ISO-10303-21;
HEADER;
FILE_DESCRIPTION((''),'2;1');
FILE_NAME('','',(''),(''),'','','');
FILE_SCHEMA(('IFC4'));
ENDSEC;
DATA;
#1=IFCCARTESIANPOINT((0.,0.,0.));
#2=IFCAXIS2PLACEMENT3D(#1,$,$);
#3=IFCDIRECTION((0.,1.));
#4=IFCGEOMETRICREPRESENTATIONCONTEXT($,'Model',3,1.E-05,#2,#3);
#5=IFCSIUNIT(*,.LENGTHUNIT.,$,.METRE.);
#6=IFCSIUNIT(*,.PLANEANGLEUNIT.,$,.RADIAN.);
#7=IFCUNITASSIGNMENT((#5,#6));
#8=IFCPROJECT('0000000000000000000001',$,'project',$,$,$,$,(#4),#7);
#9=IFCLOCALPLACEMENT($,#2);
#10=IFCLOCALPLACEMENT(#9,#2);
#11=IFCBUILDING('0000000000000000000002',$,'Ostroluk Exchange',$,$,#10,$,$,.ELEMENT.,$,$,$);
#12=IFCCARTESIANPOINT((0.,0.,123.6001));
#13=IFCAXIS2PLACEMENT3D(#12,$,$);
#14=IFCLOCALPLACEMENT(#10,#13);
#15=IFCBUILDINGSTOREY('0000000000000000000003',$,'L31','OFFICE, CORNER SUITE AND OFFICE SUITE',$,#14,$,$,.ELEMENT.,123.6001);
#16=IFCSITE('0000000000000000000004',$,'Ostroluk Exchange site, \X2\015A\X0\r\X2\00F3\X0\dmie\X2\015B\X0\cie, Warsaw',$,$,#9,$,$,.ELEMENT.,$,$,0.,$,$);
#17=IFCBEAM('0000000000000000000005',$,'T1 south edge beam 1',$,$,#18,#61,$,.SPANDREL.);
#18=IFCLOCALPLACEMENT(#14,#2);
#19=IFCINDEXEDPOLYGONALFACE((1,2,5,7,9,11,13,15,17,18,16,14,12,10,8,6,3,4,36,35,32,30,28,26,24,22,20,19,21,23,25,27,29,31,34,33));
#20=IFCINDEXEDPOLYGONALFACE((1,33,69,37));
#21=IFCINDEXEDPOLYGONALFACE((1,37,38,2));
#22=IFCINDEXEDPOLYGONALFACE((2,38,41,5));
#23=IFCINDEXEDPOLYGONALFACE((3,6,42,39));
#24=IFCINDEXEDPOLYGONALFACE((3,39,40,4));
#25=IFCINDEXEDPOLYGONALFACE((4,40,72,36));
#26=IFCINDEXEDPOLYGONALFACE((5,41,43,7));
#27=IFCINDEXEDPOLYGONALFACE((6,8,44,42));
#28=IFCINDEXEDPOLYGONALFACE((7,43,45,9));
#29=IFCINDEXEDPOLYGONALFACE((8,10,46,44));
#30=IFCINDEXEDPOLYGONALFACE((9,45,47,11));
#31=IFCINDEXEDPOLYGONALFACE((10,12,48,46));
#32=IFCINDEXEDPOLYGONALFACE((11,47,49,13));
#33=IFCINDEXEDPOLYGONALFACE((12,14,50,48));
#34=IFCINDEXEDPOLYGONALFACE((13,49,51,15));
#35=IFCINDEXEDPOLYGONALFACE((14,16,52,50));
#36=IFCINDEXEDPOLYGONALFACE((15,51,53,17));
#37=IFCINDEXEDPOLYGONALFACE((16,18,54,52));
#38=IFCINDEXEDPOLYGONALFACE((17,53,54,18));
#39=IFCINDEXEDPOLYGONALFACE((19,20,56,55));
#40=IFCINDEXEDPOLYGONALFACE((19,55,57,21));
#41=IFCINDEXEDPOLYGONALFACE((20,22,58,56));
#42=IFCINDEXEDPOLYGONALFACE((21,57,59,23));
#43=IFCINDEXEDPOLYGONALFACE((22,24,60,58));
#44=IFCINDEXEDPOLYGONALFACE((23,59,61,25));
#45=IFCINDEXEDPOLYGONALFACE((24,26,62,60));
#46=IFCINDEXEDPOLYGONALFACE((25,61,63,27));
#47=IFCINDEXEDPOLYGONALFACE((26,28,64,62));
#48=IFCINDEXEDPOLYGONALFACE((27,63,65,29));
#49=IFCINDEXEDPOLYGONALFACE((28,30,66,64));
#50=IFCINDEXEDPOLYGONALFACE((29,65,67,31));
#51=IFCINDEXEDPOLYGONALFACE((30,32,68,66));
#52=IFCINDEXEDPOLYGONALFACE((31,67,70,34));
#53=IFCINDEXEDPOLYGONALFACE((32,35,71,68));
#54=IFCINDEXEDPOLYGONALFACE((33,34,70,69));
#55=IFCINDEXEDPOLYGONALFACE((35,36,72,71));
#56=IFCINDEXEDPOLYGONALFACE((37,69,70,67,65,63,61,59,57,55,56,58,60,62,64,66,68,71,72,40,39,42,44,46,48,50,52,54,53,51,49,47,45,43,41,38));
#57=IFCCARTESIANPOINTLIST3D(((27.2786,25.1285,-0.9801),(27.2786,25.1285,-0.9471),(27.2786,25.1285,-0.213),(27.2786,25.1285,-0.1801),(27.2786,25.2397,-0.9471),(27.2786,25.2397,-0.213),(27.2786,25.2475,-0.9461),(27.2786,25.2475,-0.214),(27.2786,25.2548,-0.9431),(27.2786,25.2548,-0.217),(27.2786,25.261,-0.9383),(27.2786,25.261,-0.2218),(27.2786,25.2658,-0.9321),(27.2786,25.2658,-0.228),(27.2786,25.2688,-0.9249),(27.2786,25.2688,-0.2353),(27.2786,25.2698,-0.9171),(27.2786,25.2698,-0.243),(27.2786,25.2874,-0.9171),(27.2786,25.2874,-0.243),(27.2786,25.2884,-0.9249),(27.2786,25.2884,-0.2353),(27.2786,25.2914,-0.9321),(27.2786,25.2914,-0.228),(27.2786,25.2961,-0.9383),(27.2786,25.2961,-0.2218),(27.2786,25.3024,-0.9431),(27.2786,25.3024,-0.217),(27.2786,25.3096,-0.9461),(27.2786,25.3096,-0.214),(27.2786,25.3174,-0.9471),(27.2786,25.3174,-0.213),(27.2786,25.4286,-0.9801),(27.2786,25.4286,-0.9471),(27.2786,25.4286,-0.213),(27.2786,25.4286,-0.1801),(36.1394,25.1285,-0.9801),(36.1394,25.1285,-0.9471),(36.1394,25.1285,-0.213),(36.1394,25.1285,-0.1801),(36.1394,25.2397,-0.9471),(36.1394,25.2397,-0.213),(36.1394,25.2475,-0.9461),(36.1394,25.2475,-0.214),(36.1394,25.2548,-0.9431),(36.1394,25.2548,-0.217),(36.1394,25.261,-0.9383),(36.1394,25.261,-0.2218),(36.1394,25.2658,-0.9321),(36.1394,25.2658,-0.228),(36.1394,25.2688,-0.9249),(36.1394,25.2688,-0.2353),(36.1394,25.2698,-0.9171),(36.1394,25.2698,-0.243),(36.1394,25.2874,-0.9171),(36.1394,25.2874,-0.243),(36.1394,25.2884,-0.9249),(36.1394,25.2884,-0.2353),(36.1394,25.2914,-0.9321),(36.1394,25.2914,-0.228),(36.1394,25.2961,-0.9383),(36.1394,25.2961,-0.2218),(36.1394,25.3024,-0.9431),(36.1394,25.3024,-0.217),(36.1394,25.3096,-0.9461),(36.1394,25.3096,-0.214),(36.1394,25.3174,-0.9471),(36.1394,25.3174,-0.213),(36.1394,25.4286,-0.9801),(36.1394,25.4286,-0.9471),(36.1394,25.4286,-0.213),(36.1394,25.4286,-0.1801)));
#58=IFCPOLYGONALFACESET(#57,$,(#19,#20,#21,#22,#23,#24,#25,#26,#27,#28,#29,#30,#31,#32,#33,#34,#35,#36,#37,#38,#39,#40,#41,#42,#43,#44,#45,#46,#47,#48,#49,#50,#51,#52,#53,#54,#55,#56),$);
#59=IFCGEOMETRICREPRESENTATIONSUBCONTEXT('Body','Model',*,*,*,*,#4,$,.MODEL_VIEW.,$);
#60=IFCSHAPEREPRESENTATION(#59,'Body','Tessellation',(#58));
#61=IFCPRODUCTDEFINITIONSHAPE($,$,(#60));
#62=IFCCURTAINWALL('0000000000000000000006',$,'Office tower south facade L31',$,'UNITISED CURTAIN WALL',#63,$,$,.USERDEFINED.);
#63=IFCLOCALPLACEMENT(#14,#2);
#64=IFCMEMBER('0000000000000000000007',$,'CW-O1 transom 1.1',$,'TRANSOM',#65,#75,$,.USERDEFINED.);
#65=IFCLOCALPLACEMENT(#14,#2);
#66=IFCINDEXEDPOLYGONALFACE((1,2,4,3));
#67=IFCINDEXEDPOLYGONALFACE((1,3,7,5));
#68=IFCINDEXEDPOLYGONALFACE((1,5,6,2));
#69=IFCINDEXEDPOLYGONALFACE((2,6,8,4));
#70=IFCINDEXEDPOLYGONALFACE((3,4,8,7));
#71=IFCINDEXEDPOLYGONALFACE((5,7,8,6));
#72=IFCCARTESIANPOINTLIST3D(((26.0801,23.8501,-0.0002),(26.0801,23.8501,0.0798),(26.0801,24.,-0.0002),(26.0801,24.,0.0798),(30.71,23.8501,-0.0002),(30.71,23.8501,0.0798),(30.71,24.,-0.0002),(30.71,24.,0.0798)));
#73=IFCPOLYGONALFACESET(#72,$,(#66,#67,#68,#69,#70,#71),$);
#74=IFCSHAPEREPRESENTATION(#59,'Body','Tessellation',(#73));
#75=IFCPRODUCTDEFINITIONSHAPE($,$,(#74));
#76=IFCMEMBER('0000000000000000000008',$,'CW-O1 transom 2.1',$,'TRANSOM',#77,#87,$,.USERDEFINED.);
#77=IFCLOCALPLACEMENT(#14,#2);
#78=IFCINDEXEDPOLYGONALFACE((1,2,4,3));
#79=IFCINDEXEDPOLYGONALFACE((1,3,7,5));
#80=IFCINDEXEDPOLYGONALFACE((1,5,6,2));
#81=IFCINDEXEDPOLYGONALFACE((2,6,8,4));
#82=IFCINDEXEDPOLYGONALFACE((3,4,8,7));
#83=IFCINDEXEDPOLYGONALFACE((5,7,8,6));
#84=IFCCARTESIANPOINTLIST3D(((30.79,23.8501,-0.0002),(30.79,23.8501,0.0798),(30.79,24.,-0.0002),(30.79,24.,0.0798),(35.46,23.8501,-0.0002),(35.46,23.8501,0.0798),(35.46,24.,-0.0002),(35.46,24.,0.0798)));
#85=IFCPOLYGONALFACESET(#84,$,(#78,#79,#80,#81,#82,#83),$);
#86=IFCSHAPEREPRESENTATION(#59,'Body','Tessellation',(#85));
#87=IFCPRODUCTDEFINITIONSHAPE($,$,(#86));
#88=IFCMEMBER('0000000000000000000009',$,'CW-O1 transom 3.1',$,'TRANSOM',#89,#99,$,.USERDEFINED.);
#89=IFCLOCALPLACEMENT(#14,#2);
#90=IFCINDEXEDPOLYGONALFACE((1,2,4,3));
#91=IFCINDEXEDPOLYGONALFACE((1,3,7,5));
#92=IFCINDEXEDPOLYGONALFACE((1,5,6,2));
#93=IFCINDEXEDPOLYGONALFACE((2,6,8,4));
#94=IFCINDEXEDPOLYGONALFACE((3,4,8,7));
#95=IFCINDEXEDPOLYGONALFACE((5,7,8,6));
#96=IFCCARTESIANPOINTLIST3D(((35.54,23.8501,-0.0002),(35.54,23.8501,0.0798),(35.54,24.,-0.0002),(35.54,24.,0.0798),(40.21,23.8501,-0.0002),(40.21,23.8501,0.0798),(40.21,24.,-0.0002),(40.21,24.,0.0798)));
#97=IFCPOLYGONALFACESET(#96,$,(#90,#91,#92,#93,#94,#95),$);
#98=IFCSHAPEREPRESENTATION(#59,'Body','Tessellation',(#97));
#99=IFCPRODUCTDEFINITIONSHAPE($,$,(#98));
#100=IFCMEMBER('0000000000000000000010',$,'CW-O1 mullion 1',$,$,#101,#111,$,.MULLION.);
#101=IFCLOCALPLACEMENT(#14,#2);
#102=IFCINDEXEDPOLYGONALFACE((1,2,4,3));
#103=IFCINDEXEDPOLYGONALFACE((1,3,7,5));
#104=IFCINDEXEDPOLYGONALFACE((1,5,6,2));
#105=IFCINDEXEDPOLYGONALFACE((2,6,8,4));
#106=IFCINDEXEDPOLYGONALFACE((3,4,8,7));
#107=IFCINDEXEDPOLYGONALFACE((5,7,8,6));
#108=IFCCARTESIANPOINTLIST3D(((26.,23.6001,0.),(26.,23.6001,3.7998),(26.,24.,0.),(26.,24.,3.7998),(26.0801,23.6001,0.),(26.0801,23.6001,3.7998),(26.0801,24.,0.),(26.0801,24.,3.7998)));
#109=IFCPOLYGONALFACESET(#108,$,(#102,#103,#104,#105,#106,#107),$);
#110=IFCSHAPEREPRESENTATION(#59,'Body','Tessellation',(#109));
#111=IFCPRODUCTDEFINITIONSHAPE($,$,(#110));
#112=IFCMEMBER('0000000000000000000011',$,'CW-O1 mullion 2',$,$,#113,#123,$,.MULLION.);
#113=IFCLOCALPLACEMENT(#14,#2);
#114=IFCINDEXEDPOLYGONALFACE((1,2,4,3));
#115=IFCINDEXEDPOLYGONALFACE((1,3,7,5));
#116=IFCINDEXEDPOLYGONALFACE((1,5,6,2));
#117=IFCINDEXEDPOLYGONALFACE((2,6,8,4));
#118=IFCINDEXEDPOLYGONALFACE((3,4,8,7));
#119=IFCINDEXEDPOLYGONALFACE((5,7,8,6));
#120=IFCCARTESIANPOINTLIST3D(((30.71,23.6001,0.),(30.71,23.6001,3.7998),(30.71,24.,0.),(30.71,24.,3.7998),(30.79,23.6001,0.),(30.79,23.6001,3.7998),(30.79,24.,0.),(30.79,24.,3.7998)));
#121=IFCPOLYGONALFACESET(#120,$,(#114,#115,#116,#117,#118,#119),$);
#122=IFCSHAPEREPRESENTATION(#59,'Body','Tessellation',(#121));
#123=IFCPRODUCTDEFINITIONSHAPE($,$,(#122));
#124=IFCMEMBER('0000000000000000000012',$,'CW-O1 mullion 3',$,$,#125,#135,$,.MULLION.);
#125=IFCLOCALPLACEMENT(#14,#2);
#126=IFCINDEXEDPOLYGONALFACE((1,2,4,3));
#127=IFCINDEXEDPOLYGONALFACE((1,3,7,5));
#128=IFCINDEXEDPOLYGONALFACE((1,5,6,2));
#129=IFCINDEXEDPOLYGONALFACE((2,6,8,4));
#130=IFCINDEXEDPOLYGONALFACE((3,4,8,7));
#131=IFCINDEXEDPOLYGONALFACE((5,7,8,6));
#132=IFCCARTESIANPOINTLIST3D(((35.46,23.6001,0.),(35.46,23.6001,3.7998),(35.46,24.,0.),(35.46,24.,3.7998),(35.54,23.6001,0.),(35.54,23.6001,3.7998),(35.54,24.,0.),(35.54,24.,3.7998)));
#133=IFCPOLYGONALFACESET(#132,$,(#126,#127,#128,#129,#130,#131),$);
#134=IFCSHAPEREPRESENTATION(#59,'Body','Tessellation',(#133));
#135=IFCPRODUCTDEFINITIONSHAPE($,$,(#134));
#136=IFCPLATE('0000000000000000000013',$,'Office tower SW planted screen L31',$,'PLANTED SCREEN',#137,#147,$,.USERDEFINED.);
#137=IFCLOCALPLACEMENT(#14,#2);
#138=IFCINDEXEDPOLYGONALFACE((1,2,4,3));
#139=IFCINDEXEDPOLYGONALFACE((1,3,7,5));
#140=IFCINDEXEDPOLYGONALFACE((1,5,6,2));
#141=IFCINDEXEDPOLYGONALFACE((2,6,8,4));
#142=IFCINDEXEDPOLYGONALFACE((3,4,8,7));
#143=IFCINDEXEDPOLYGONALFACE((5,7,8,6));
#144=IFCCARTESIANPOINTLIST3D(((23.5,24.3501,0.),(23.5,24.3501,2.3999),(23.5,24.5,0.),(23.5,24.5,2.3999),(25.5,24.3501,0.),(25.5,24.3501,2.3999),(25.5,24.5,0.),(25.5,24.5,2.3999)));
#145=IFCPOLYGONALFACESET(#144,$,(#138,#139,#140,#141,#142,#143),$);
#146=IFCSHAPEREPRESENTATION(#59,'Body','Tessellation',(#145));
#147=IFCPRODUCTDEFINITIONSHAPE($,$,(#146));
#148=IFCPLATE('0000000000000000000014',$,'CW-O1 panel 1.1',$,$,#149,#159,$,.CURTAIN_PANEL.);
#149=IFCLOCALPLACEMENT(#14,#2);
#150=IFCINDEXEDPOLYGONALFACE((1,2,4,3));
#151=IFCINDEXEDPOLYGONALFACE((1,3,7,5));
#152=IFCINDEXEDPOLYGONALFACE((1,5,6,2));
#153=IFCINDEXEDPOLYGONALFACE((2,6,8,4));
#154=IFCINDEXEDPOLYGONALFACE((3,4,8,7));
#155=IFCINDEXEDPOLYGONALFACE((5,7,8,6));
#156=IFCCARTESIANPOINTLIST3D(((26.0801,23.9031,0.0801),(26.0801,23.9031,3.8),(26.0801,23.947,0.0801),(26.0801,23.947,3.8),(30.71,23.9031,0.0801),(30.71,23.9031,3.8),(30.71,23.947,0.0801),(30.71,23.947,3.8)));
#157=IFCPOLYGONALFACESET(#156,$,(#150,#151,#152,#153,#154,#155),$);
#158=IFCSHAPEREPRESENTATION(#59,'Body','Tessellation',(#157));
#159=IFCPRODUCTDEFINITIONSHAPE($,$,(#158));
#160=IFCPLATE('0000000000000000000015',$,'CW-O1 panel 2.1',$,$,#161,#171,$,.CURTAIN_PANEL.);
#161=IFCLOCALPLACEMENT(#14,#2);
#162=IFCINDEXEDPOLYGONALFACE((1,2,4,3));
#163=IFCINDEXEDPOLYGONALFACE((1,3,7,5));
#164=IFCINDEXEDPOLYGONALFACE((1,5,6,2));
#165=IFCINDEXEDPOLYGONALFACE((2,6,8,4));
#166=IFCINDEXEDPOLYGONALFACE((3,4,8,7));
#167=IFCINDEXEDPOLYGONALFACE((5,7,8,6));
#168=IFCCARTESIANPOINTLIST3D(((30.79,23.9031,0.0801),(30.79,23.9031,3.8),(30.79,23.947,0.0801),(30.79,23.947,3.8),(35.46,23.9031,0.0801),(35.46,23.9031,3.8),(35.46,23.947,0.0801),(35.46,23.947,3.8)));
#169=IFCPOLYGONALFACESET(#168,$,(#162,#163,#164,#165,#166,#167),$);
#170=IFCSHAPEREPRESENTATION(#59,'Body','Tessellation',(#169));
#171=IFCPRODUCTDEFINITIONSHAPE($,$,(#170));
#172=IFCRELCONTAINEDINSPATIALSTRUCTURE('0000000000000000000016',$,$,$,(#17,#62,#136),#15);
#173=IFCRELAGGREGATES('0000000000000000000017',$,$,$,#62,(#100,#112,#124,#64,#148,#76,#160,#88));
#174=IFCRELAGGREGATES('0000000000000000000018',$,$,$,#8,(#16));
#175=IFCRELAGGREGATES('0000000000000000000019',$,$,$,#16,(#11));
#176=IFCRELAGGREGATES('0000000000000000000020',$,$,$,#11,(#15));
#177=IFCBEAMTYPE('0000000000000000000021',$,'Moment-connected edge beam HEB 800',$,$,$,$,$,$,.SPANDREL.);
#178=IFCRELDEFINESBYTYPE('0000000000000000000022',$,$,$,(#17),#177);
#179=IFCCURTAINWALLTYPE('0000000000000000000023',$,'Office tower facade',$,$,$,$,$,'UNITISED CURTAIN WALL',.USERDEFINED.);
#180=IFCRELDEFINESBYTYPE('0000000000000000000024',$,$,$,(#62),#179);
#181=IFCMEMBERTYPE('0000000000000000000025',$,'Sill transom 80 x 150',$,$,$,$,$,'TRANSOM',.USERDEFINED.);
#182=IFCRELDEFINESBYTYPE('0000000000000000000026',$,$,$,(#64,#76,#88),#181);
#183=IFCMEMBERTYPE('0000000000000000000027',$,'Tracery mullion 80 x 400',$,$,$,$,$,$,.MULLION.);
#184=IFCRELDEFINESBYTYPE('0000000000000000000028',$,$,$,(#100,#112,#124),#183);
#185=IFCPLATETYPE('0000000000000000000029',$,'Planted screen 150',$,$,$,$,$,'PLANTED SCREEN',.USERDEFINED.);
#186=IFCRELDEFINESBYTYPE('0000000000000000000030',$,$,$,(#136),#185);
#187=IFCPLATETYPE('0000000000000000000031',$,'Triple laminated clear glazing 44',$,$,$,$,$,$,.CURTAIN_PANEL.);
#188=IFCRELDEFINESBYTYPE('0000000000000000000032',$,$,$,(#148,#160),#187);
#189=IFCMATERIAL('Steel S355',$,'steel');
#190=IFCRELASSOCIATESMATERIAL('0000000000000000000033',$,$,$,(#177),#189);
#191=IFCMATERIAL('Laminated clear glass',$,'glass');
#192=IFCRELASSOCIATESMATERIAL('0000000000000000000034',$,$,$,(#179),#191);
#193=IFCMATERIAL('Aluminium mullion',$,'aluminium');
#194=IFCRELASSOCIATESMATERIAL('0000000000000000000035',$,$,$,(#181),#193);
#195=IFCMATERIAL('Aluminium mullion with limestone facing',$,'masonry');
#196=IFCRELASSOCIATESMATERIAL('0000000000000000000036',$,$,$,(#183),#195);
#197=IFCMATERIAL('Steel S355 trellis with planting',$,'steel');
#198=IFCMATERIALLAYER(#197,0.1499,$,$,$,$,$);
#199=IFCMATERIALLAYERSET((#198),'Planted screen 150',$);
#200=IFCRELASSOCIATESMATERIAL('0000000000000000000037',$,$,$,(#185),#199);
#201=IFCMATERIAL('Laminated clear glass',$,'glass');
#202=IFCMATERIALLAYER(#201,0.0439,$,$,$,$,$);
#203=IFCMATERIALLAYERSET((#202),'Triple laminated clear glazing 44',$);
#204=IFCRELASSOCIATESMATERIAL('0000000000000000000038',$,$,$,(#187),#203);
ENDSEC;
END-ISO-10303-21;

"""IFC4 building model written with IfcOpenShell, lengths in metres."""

from ifc_helpers import new_model, si_unit, direction, frame, origin, origin_2d, place, context, subcontext, project, spatial, rectangle, i_section, extrude, material, layer, layer_set, material_profile, profile_set, type_object, element, aggregate, save


model = new_model("IFC4")

# Units and contexts
model_context = context("Model", 3, precision=1e-05, world=origin(), true_north=direction((0.0, 1.0)))
body_context = subcontext(model_context, "Body", "Model", "MODEL_VIEW")
ifc_project = project(units=[si_unit("LENGTHUNIT", "METRE"), si_unit("PLANEANGLEUNIT", "RADIAN")], contexts=[model_context])

# Site, building, storey
site_placement = place(None, origin())
site = spatial("IfcSite", under=ifc_project, at=site_placement, Name="Ostroluk Exchange site, Śródmieście, Warsaw", CompositionType="ELEMENT", RefElevation=0.0)
building_placement = place(site_placement, origin())
building = spatial("IfcBuilding", under=site, at=building_placement, Name="Ostroluk Exchange", CompositionType="ELEMENT")
storey_placement = place(building_placement, frame((0.0, 0.0, 123.6001)))
storey = spatial("IfcBuildingStorey", under=building, at=storey_placement, Name="L31", Description="OFFICE, CORNER SUITE AND OFFICE SUITE", CompositionType="ELEMENT", Elevation=123.6001)

# Beam
ifc_material_1 = material(Name="Steel S355", Category="steel")
ifc_material_profile_1 = material_profile(ifc_material_1, i_section(OverallWidth=0.3, OverallDepth=0.8, WebThickness=0.0176, FlangeThickness=0.033, FilletRadius=0.03, at=origin_2d()), Name="HEB 800")
ifc_profile_set_1 = profile_set([ifc_material_profile_1], Name="Steel S355")
beam_type_1 = type_object("IfcBeamType", Name="Moment-connected edge beam HEB 800", PredefinedType="SPANDREL", material=ifc_profile_set_1)
beam_1_placement = place(storey_placement, frame((27.2786, 25.2786, -0.5801), z_axis=(1.0, 0.0, 0.0), x_axis=(0.0, 1.0, 0.0)))
element("IfcBeam", 1, at=beam_1_placement, inside=storey, type_object=beam_type_1, Name="T1 south edge beam 1", PredefinedType="SPANDREL", context=body_context, shape_type="SweptSolid", body=[
    extrude(i_section(OverallWidth=0.3, OverallDepth=0.8, WebThickness=0.0176, FlangeThickness=0.033, FilletRadius=0.03, at=origin_2d()), origin(), (0.0, 0.0, 1.0), 8.8608),
])

# Curtain wall, members
ifc_material_2 = material(Name="Laminated clear glass", Category="glass")
curtain_wall_type = type_object("IfcCurtainWallType", Name="Office tower facade", ElementType="UNITISED CURTAIN WALL", PredefinedType="USERDEFINED", material=ifc_material_2)
curtain_wall_placement = place(storey_placement, origin())
curtain_wall = element("IfcCurtainWall", 2, at=curtain_wall_placement, inside=storey, type_object=curtain_wall_type, Name="Office tower south facade L31", ObjectType="UNITISED CURTAIN WALL", PredefinedType="USERDEFINED")
ifc_material_3 = material(Name="Aluminium mullion", Category="aluminium")
ifc_material_profile_2 = material_profile(ifc_material_3, rectangle(XDim=0.1499, YDim=0.0801, at=origin_2d()), Name="Sill transom 80 x 150")
ifc_profile_set_2 = profile_set([ifc_material_profile_2], Name="Aluminium mullion")
member_type_1 = type_object("IfcMemberType", Name="Sill transom 80 x 150", ElementType="TRANSOM", PredefinedType="USERDEFINED", material=ifc_profile_set_2)
member_1_placement = place(storey_placement, frame((26.0801, 23.925, 0.0398), z_axis=(1.0, 0.0, 0.0), x_axis=(0.0, 1.0, 0.0)))
member_1 = element("IfcMember", 3, at=member_1_placement, type_object=member_type_1, Name="CW-O1 transom 1.1", ObjectType="TRANSOM", PredefinedType="USERDEFINED", context=body_context, shape_type="SweptSolid", body=[
    extrude(rectangle(XDim=0.1499, YDim=0.0801, at=origin_2d()), origin(), (0.0, 0.0, 1.0), 4.6299),
])
member_2_placement = place(storey_placement, frame((30.79, 23.925, 0.0398), z_axis=(1.0, 0.0, 0.0), x_axis=(0.0, 1.0, 0.0)))
member_2 = element("IfcMember", 4, at=member_2_placement, type_object=member_type_1, Name="CW-O1 transom 2.1", ObjectType="TRANSOM", PredefinedType="USERDEFINED", context=body_context, shape_type="SweptSolid", body=[
    extrude(rectangle(XDim=0.1499, YDim=0.0801, at=origin_2d()), origin(), (0.0, 0.0, 1.0), 4.6699),
])
member_3_placement = place(storey_placement, frame((35.54, 23.925, 0.0398), z_axis=(1.0, 0.0, 0.0), x_axis=(0.0, 1.0, 0.0)))
member_3 = element("IfcMember", 5, at=member_3_placement, type_object=member_type_1, Name="CW-O1 transom 3.1", ObjectType="TRANSOM", PredefinedType="USERDEFINED", context=body_context, shape_type="SweptSolid", body=[
    extrude(rectangle(XDim=0.1499, YDim=0.0801, at=origin_2d()), origin(), (0.0, 0.0, 1.0), 4.6699),
])
ifc_material_4 = material(Name="Aluminium mullion with limestone facing", Category="masonry")
ifc_material_profile_3 = material_profile(ifc_material_4, rectangle(XDim=0.3999, YDim=0.0801, at=origin_2d()), Name="Tracery mullion 80 x 400")
ifc_profile_set_3 = profile_set([ifc_material_profile_3], Name="Aluminium mullion with limestone facing")
member_type_2 = type_object("IfcMemberType", Name="Tracery mullion 80 x 400", PredefinedType="MULLION", material=ifc_profile_set_3)
member_4_placement = place(storey_placement, frame((26.04, 23.8, 0.0), z_axis=(0.0, 0.0, 1.0), x_axis=(0.0, 1.0, 0.0)))
member_4 = element("IfcMember", 6, at=member_4_placement, type_object=member_type_2, Name="CW-O1 mullion 1", PredefinedType="MULLION", context=body_context, shape_type="SweptSolid", body=[
    extrude(rectangle(XDim=0.3999, YDim=0.0801, at=origin_2d()), origin(), (0.0, 0.0, 1.0), 3.7998),
])
member_5_placement = place(storey_placement, frame((30.75, 23.8, 0.0), z_axis=(0.0, 0.0, 1.0), x_axis=(0.0, 1.0, 0.0)))
member_5 = element("IfcMember", 7, at=member_5_placement, type_object=member_type_2, Name="CW-O1 mullion 2", PredefinedType="MULLION", context=body_context, shape_type="SweptSolid", body=[
    extrude(rectangle(XDim=0.3999, YDim=0.0801, at=origin_2d()), origin(), (0.0, 0.0, 1.0), 3.7998),
])
member_6_placement = place(storey_placement, frame((35.5, 23.8, 0.0), z_axis=(0.0, 0.0, 1.0), x_axis=(0.0, 1.0, 0.0)))
member_6 = element("IfcMember", 8, at=member_6_placement, type_object=member_type_2, Name="CW-O1 mullion 3", PredefinedType="MULLION", context=body_context, shape_type="SweptSolid", body=[
    extrude(rectangle(XDim=0.3999, YDim=0.0801, at=origin_2d()), origin(), (0.0, 0.0, 1.0), 3.7998),
])

# Plates
ifc_material_5 = material(Name="Steel S355 trellis with planting", Category="steel")
ifc_layer_1 = layer(ifc_material_5, 0.1499)
ifc_layer_set_1 = layer_set([ifc_layer_1], Name="Planted screen 150")
plate_type_1 = type_object("IfcPlateType", Name="Planted screen 150", ElementType="PLANTED SCREEN", PredefinedType="USERDEFINED", material=ifc_layer_set_1)
plate_1_placement = place(storey_placement, frame((24.5, 24.425, 0.0), z_axis=(0.0, 0.0, 1.0), x_axis=(1.0, 0.0, 0.0)))
element("IfcPlate", 9, at=plate_1_placement, inside=storey, type_object=plate_type_1, Name="Office tower SW planted screen L31", ObjectType="PLANTED SCREEN", PredefinedType="USERDEFINED", context=body_context, shape_type="SweptSolid", body=[
    extrude(rectangle(XDim=2.0, YDim=0.1499, at=origin_2d()), origin(), (0.0, 0.0, 1.0), 2.3999),
])
ifc_material_6 = material(Name="Laminated clear glass", Category="glass")
ifc_layer_2 = layer(ifc_material_6, 0.0439)
ifc_layer_set_2 = layer_set([ifc_layer_2], Name="Triple laminated clear glazing 44")
plate_type_2 = type_object("IfcPlateType", Name="Triple laminated clear glazing 44", PredefinedType="CURTAIN_PANEL", material=ifc_layer_set_2)
plate_2_placement = place(storey_placement, frame((28.395, 23.925, 0.0801), z_axis=(0.0, 0.0, 1.0), x_axis=(1.0, 0.0, 0.0)))
plate_2 = element("IfcPlate", 10, at=plate_2_placement, type_object=plate_type_2, Name="CW-O1 panel 1.1", PredefinedType="CURTAIN_PANEL", context=body_context, shape_type="SweptSolid", body=[
    extrude(rectangle(XDim=4.6299, YDim=0.0439, at=origin_2d()), origin(), (0.0, 0.0, 1.0), 3.72),
])
plate_3_placement = place(storey_placement, frame((33.125, 23.925, 0.0801), z_axis=(0.0, 0.0, 1.0), x_axis=(1.0, 0.0, 0.0)))
plate_3 = element("IfcPlate", 11, at=plate_3_placement, type_object=plate_type_2, Name="CW-O1 panel 2.1", PredefinedType="CURTAIN_PANEL", context=body_context, shape_type="SweptSolid", body=[
    extrude(rectangle(XDim=4.6699, YDim=0.0439, at=origin_2d()), origin(), (0.0, 0.0, 1.0), 3.72),
])
aggregate(curtain_wall, [member_4, member_5, member_6, member_1, plate_2, member_2, plate_3, member_3])

save(model, "model.ifc")
